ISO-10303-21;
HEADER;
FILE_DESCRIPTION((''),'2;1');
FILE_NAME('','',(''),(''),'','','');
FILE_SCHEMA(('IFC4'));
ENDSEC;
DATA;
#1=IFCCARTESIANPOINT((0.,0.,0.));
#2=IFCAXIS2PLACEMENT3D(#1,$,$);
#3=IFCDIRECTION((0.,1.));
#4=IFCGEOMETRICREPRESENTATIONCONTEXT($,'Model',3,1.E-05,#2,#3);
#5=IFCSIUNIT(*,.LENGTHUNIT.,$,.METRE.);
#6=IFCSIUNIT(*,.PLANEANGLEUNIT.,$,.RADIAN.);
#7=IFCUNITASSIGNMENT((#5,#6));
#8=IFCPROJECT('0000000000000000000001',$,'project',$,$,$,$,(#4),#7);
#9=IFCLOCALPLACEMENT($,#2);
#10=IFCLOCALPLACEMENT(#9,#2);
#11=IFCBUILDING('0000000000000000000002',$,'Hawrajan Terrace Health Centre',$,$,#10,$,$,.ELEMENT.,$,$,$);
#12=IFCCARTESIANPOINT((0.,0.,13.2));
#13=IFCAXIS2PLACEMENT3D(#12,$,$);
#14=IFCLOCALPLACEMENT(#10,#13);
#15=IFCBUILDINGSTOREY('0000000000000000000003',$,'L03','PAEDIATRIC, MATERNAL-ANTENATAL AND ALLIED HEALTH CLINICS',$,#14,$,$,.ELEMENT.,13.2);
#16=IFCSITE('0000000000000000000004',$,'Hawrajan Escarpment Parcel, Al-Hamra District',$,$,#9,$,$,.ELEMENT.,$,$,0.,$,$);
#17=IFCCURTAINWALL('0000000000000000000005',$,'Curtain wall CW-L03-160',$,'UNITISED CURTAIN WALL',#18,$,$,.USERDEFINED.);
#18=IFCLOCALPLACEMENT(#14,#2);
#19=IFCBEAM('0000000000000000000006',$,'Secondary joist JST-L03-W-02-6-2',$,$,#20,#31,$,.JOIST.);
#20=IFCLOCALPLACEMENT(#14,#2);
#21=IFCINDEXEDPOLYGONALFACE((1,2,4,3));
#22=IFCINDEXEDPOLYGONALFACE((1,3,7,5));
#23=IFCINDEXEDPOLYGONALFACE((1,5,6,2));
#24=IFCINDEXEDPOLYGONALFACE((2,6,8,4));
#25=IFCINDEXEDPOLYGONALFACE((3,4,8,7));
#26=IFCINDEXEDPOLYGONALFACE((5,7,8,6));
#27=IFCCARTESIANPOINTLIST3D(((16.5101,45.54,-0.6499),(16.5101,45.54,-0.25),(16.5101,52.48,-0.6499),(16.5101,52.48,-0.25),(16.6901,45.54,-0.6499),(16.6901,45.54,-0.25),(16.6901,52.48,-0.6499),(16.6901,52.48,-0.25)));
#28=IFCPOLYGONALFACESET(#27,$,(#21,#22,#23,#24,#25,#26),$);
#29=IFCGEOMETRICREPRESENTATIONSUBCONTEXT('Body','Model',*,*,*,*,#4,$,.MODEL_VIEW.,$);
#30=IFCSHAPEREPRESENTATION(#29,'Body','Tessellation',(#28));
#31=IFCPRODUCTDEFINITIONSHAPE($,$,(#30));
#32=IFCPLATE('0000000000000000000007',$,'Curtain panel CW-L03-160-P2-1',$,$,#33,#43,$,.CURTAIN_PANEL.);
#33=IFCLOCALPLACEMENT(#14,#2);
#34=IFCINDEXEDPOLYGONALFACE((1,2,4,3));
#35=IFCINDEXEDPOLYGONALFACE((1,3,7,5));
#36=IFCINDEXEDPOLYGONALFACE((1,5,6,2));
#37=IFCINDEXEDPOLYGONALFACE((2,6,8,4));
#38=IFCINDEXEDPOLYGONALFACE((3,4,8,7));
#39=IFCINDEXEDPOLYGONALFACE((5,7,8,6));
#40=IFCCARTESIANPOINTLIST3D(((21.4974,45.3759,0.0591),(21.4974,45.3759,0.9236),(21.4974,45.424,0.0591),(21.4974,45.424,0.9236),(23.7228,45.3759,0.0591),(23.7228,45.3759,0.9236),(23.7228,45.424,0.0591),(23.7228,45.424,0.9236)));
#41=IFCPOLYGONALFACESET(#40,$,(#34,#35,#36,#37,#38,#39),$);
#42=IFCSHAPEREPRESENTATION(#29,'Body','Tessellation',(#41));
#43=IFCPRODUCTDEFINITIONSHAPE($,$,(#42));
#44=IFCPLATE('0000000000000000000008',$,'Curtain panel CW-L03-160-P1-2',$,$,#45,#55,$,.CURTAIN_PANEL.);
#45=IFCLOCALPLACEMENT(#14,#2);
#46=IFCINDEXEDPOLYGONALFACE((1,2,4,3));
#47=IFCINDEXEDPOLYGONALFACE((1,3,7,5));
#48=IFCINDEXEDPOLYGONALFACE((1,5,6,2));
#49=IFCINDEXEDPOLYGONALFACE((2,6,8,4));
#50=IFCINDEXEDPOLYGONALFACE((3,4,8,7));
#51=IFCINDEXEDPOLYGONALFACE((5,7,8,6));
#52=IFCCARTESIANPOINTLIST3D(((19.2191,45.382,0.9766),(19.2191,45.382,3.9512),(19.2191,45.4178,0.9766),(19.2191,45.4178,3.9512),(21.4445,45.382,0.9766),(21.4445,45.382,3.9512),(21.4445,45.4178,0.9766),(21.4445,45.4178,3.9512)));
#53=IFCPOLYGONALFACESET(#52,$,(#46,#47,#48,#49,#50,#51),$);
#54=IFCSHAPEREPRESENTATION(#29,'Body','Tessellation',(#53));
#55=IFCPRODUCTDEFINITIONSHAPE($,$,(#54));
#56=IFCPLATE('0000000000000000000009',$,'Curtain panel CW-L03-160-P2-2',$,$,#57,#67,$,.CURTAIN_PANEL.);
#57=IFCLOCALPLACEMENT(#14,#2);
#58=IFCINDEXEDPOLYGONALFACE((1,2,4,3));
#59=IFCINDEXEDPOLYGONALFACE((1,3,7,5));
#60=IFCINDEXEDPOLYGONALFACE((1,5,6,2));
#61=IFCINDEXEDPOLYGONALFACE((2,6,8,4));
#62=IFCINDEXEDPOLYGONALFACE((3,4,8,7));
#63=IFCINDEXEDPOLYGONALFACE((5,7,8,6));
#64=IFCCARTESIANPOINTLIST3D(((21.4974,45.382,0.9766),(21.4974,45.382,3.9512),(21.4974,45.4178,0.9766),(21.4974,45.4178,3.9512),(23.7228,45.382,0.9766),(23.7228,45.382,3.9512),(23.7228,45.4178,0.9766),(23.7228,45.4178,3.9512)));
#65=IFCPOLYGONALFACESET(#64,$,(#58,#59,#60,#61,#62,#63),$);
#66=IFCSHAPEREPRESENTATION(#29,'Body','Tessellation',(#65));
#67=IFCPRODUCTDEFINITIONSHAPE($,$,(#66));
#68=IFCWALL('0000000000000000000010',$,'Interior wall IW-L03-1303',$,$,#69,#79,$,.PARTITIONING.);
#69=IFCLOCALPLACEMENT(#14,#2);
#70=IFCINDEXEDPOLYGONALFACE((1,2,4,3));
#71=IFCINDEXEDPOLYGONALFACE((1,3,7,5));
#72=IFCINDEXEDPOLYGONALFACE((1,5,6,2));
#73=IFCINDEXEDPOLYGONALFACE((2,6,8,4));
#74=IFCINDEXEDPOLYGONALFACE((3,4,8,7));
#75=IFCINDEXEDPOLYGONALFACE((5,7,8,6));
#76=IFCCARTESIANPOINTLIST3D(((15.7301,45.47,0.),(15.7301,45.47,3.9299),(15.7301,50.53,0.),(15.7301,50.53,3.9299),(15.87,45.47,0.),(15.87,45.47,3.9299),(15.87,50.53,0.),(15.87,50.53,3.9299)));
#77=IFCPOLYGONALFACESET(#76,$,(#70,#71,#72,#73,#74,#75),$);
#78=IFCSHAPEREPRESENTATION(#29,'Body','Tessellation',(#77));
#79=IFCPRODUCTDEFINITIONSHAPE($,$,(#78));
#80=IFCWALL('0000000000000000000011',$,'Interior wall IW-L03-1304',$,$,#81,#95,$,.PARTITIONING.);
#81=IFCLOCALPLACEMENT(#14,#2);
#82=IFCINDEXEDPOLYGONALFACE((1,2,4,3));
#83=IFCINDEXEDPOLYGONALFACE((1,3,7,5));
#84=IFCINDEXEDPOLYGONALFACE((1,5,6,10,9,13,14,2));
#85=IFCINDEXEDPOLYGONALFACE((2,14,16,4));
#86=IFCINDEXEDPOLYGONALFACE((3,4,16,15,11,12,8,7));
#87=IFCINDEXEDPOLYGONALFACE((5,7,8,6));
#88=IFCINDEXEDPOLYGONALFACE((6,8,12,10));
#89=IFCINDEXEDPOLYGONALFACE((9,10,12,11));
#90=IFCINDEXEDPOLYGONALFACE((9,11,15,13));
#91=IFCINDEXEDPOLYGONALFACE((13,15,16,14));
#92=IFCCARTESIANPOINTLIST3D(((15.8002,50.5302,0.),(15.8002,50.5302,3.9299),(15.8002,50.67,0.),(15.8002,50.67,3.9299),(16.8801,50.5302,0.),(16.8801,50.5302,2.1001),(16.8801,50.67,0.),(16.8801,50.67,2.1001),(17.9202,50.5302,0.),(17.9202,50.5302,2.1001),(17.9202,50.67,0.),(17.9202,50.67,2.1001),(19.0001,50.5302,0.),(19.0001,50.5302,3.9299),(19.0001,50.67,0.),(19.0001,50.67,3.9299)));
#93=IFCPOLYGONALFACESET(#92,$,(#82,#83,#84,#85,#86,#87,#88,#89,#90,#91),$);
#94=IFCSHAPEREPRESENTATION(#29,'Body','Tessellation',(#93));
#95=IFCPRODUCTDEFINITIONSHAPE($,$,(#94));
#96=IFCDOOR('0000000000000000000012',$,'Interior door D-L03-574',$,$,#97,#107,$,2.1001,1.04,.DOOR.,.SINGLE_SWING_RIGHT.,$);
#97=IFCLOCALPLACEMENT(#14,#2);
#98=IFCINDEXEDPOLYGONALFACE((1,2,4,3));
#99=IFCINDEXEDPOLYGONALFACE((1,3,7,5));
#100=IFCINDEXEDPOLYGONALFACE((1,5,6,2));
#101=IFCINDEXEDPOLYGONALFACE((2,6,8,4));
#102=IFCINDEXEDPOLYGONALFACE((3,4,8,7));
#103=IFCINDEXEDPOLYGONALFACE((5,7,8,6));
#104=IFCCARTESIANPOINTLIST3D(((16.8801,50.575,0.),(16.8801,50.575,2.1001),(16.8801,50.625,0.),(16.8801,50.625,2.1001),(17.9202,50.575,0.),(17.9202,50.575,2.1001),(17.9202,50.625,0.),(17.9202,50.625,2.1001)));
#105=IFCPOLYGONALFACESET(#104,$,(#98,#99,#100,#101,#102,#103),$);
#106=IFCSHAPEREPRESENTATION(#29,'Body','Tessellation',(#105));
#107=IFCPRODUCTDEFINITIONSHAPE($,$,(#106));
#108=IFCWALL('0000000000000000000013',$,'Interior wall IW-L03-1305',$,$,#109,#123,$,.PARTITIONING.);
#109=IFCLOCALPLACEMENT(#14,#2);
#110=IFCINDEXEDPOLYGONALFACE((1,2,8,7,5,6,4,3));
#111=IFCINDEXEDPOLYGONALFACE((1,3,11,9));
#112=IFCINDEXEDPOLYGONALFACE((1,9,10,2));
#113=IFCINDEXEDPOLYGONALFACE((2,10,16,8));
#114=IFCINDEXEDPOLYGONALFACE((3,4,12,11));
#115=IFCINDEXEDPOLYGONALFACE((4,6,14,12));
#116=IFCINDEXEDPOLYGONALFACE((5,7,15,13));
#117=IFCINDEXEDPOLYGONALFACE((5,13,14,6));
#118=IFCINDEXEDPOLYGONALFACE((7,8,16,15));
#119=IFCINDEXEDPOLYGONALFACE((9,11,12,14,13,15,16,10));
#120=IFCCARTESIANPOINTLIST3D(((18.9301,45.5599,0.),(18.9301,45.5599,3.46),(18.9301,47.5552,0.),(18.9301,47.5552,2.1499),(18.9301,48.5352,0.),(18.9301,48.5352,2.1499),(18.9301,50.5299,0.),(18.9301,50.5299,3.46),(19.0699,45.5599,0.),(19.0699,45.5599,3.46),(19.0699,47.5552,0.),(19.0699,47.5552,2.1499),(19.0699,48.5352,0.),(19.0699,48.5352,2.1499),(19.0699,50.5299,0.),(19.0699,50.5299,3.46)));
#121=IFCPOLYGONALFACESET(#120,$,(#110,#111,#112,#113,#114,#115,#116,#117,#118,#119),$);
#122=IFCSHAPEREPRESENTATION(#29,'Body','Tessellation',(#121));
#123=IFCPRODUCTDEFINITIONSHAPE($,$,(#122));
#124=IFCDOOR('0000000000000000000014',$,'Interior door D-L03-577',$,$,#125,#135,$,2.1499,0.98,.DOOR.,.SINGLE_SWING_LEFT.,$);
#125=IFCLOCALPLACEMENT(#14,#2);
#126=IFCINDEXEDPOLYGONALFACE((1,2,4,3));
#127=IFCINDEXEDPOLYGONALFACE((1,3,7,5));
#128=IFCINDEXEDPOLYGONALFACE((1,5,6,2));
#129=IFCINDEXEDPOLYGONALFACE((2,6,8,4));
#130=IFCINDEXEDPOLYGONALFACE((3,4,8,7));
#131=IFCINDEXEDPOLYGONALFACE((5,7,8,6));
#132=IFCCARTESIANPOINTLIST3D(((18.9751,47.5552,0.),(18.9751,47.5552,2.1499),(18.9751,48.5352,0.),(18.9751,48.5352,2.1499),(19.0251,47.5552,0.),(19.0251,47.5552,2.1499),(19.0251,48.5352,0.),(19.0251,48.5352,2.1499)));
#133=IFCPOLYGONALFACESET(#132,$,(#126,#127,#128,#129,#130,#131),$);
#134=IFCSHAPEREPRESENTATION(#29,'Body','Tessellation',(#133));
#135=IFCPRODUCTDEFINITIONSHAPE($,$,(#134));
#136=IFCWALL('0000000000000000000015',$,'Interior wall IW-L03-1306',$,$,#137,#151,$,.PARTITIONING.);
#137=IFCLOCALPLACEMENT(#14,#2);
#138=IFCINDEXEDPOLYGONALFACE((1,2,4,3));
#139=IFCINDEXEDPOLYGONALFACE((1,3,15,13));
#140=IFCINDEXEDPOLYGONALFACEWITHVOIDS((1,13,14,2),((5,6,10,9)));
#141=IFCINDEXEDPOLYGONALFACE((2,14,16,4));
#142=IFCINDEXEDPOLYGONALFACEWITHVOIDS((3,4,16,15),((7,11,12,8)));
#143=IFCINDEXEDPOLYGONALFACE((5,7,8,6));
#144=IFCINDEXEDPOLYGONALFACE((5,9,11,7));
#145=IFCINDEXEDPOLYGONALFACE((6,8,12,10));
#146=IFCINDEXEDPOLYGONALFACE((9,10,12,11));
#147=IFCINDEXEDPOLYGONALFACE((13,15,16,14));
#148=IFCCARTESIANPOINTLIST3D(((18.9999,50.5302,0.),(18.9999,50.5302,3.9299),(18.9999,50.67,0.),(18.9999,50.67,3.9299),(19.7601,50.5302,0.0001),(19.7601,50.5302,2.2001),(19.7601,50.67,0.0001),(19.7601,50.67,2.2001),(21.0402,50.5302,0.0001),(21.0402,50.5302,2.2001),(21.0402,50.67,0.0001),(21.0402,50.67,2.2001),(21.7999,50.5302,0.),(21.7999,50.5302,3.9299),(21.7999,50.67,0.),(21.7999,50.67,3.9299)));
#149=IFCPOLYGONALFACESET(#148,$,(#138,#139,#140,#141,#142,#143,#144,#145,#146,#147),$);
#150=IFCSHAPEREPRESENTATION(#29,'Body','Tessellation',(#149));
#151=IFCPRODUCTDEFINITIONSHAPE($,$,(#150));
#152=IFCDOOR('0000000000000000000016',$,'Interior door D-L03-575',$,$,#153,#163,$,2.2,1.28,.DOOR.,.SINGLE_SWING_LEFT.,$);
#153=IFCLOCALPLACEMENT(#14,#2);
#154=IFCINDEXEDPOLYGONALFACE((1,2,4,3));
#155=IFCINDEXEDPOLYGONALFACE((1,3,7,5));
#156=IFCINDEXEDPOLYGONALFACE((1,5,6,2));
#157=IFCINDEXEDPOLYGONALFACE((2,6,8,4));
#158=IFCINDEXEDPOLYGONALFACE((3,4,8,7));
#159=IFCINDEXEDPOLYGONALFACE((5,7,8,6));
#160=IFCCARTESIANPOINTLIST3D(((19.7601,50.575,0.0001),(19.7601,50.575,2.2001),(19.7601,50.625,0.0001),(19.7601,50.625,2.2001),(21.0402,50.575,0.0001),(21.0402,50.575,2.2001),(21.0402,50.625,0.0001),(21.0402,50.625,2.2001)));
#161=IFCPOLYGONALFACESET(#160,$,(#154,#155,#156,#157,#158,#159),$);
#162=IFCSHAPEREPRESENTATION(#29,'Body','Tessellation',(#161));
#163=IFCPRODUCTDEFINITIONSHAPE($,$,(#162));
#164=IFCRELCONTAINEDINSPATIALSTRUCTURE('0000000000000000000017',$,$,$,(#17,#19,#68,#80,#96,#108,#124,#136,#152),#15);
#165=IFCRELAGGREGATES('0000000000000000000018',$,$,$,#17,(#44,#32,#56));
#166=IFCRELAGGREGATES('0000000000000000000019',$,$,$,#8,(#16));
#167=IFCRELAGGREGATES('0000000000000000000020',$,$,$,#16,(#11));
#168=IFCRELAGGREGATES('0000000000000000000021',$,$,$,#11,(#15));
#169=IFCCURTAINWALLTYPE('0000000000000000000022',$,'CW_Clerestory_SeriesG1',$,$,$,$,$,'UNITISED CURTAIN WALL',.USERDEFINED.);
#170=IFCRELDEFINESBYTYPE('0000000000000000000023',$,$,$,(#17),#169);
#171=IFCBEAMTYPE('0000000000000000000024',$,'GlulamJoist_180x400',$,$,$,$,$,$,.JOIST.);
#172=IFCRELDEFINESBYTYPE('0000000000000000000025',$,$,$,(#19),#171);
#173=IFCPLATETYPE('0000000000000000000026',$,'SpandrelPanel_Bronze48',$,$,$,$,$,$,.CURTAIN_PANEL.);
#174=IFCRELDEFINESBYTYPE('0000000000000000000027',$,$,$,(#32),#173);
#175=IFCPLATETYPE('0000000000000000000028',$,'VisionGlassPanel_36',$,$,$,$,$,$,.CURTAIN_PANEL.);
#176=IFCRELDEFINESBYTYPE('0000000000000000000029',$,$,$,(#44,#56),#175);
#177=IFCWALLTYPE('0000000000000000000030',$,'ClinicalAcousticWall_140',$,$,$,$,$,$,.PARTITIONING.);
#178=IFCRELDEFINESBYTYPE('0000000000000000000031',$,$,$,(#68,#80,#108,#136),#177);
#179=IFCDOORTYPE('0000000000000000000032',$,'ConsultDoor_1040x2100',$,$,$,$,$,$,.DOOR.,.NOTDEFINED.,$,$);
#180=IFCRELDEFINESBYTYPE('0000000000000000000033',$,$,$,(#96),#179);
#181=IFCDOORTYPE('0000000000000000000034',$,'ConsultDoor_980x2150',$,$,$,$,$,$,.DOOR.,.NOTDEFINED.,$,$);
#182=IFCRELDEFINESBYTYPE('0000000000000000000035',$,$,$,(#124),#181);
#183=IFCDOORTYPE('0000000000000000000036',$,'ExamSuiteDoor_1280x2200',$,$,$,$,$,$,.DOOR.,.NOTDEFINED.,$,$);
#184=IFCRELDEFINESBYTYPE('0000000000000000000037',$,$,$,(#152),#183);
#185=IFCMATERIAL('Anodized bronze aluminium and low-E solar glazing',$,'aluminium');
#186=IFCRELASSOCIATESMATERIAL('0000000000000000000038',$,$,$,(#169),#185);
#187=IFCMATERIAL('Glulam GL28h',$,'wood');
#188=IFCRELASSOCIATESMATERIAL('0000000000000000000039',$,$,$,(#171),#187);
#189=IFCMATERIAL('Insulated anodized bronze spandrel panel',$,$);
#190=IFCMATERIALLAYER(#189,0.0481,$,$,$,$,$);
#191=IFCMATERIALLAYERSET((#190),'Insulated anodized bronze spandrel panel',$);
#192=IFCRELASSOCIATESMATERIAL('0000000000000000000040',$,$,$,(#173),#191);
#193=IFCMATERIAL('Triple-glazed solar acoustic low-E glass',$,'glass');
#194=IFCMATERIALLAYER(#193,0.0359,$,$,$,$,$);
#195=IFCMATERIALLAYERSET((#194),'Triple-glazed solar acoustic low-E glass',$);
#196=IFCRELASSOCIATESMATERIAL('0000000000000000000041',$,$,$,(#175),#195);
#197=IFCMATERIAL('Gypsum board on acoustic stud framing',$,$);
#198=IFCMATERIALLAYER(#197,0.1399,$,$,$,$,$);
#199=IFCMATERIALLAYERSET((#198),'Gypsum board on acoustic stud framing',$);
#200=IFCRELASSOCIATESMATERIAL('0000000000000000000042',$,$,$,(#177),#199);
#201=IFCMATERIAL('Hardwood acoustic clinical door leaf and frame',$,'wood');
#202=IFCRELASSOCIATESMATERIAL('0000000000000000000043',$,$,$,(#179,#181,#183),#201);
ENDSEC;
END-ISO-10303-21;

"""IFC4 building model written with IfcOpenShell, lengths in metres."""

from ifc_helpers import new_model, si_unit, direction, frame, frame_2d, origin, origin_2d, place, context, subcontext, project, spatial, rectangle, extrude, material, layer, layer_set, material_profile, profile_set, type_object, element, fill, aggregate, save


model = new_model("IFC4")

# Units and contexts
model_context = context("Model", 3, precision=1e-05, world=origin(), true_north=direction((0.0, 1.0)))
body_context = subcontext(model_context, "Body", "Model", "MODEL_VIEW")
ifc_project = project(units=[si_unit("LENGTHUNIT", "METRE"), si_unit("PLANEANGLEUNIT", "RADIAN")], contexts=[model_context])

# Site, building, storey
site_placement = place(None, origin())
site = spatial("IfcSite", under=ifc_project, at=site_placement, Name="Hawrajan Escarpment Parcel, Al-Hamra District", CompositionType="ELEMENT", RefElevation=0.0)
building_placement = place(site_placement, origin())
building = spatial("IfcBuilding", under=site, at=building_placement, Name="Hawrajan Terrace Health Centre", CompositionType="ELEMENT")
storey_placement = place(building_placement, frame((0.0, 0.0, 13.2)))
storey = spatial("IfcBuildingStorey", under=building, at=storey_placement, Name="L03", Description="PAEDIATRIC, MATERNAL-ANTENATAL AND ALLIED HEALTH CLINICS", CompositionType="ELEMENT", Elevation=13.2)

# Curtain wall
ifc_material_1 = material(Name="Anodized bronze aluminium and low-E solar glazing", Category="aluminium")
curtain_wall_type = type_object("IfcCurtainWallType", Name="CW_Clerestory_SeriesG1", ElementType="UNITISED CURTAIN WALL", PredefinedType="USERDEFINED", material=ifc_material_1)
curtain_wall_placement = place(storey_placement, origin())
curtain_wall = element("IfcCurtainWall", 1, at=curtain_wall_placement, inside=storey, type_object=curtain_wall_type, Name="Curtain wall CW-L03-160", ObjectType="UNITISED CURTAIN WALL", PredefinedType="USERDEFINED")

# Beam
ifc_material_2 = material(Name="Glulam GL28h", Category="wood")
ifc_material_profile_1 = material_profile(ifc_material_2, rectangle(XDim=0.1799, YDim=0.3999, at=origin_2d()), Name="GL JST 180x400")
ifc_profile_set_1 = profile_set([ifc_material_profile_1], Name="Glulam GL28h")
beam_type_1 = type_object("IfcBeamType", Name="GlulamJoist_180x400", PredefinedType="JOIST", material=ifc_profile_set_1)
beam_1_placement = place(storey_placement, frame((16.6001, 45.54, -0.45), z_axis=(0.0, 1.0, 0.0), x_axis=(-1.0, 0.0, 0.0)))
element("IfcBeam", 2, at=beam_1_placement, inside=storey, type_object=beam_type_1, Name="Secondary joist JST-L03-W-02-6-2", PredefinedType="JOIST", context=body_context, shape_type="SweptSolid", body=[
    extrude(rectangle(XDim=0.1799, YDim=0.3999, at=origin_2d()), origin(), (0.0, 0.0, 1.0), 6.9399),
])

# Plates
ifc_material_3 = material(Name="Insulated anodized bronze spandrel panel")
ifc_layer_1 = layer(ifc_material_3, 0.0481)
ifc_layer_set_1 = layer_set([ifc_layer_1], Name="Insulated anodized bronze spandrel panel")
plate_type_1 = type_object("IfcPlateType", Name="SpandrelPanel_Bronze48", PredefinedType="CURTAIN_PANEL", material=ifc_layer_set_1)
plate_1_placement = place(storey_placement, frame((22.6101, 45.3999, 0.0591), z_axis=(0.0, 0.0, 1.0), x_axis=(1.0, 0.0, 0.0)))
plate_1 = element("IfcPlate", 3, at=plate_1_placement, type_object=plate_type_1, Name="Curtain panel CW-L03-160-P2-1", PredefinedType="CURTAIN_PANEL", context=body_context, shape_type="SweptSolid", body=[
    extrude(rectangle(XDim=2.2253, YDim=0.0481, at=origin_2d()), origin(), (0.0, 0.0, 1.0), 0.8645),
])
ifc_material_4 = material(Name="Triple-glazed solar acoustic low-E glass", Category="glass")
ifc_layer_2 = layer(ifc_material_4, 0.0359)
ifc_layer_set_2 = layer_set([ifc_layer_2], Name="Triple-glazed solar acoustic low-E glass")
plate_type_2 = type_object("IfcPlateType", Name="VisionGlassPanel_36", PredefinedType="CURTAIN_PANEL", material=ifc_layer_set_2)
plate_2_placement = place(storey_placement, frame((20.3318, 45.3999, 0.9766), z_axis=(0.0, 0.0, 1.0), x_axis=(1.0, 0.0, 0.0)))
plate_2 = element("IfcPlate", 4, at=plate_2_placement, type_object=plate_type_2, Name="Curtain panel CW-L03-160-P1-2", PredefinedType="CURTAIN_PANEL", context=body_context, shape_type="SweptSolid", body=[
    extrude(rectangle(XDim=2.2253, YDim=0.0359, at=origin_2d()), origin(), (0.0, 0.0, 1.0), 2.9746),
])
plate_3_placement = place(storey_placement, frame((22.6101, 45.3999, 0.9766), z_axis=(0.0, 0.0, 1.0), x_axis=(1.0, 0.0, 0.0)))
plate_3 = element("IfcPlate", 5, at=plate_3_placement, type_object=plate_type_2, Name="Curtain panel CW-L03-160-P2-2", PredefinedType="CURTAIN_PANEL", context=body_context, shape_type="SweptSolid", body=[
    extrude(rectangle(XDim=2.2253, YDim=0.0359, at=origin_2d()), origin(), (0.0, 0.0, 1.0), 2.9746),
])
aggregate(curtain_wall, [plate_2, plate_1, plate_3])

# Wall
ifc_material_5 = material(Name="Gypsum board on acoustic stud framing")
ifc_layer_3 = layer(ifc_material_5, 0.1399)
ifc_layer_set_3 = layer_set([ifc_layer_3], Name="Gypsum board on acoustic stud framing")
wall_type_1 = type_object("IfcWallType", Name="ClinicalAcousticWall_140", PredefinedType="PARTITIONING", material=ifc_layer_set_3)
wall_1_placement = place(storey_placement, frame((15.8, 45.47, 0.0), z_axis=(0.0, 0.0, 1.0), x_axis=(0.0, 1.0, 0.0)))
element("IfcWall", 6, at=wall_1_placement, inside=storey, type_object=wall_type_1, Name="Interior wall IW-L03-1303", PredefinedType="PARTITIONING", context=body_context, shape_type="SweptSolid", body=[
    extrude(rectangle(XDim=5.0601, YDim=0.1399, at=frame_2d((2.53, 0.0))), origin(), (0.0, 0.0, 1.0), 3.9299),
])

# Walls, openings, doors
wall_2_placement = place(storey_placement, frame((15.8, 50.6001, 0.0), z_axis=(0.0, 0.0, 1.0), x_axis=(1.0, 0.0, 0.0)))
wall_2 = element("IfcWall", 7, at=wall_2_placement, inside=storey, type_object=wall_type_1, Name="Interior wall IW-L03-1304", PredefinedType="PARTITIONING", context=body_context, shape_type="SweptSolid", body=[
    extrude(rectangle(XDim=3.2, YDim=0.1399, at=frame_2d((1.6001, 0.0))), origin(), (0.0, 0.0, 1.0), 3.9299),
])
opening_1_placement = place(wall_2_placement, frame((1.0801, 0.0, 0.0)))
opening_1 = element("IfcOpeningElement", 8, at=opening_1_placement, cuts=wall_2, PredefinedType="OPENING", context=body_context, shape_type="SweptSolid", body=[
    extrude(rectangle(XDim=1.04, YDim=2.1001, at=frame_2d((0.52, 1.05))), frame((0.0, 0.0798, 0.0), z_axis=(0.0, -1.0, 0.0), x_axis=(1.0, 0.0, 0.0)), (0.0, 0.0, 1.0), 0.1599),
])
ifc_material_6 = material(Name="Hardwood acoustic clinical door leaf and frame", Category="wood")
door_type_1 = type_object("IfcDoorType", Name="ConsultDoor_1040x2100", OperationType="NOTDEFINED", PredefinedType="DOOR", material=ifc_material_6)
door_1_placement = place(opening_1_placement, origin())
door_1 = element("IfcDoor", 9, at=door_1_placement, inside=storey, type_object=door_type_1, Name="Interior door D-L03-574", OperationType="SINGLE_SWING_RIGHT", OverallHeight=2.1001, OverallWidth=1.04, PredefinedType="DOOR", context=body_context, shape_type="SweptSolid", body=[
    extrude(rectangle(XDim=1.04, YDim=2.1001, at=frame_2d((0.52, 1.05))), frame((0.0, 0.0249, 0.0), z_axis=(0.0, -1.0, 0.0), x_axis=(1.0, 0.0, 0.0)), (0.0, 0.0, 1.0), 0.05),
])
fill(opening_1, door_1)
wall_3_placement = place(storey_placement, frame((19.0, 45.5601, 0.0), z_axis=(0.0, 0.0, 1.0), x_axis=(0.0, 1.0, 0.0)))
wall_3 = element("IfcWall", 10, at=wall_3_placement, inside=storey, type_object=wall_type_1, Name="Interior wall IW-L03-1305", PredefinedType="PARTITIONING", context=body_context, shape_type="SweptSolid", body=[
    extrude(rectangle(XDim=4.97, YDim=0.1399, at=frame_2d((2.4849, 0.0))), origin(), (0.0, 0.0, 1.0), 3.46),
])
opening_2_placement = place(wall_3_placement, frame((1.9951, 0.0, 0.0)))
opening_2 = element("IfcOpeningElement", 11, at=opening_2_placement, cuts=wall_3, PredefinedType="OPENING", context=body_context, shape_type="SweptSolid", body=[
    extrude(rectangle(XDim=0.98, YDim=2.1499, at=frame_2d((0.49, 1.075))), frame((0.0, 0.0798, 0.0), z_axis=(0.0, -1.0, 0.0), x_axis=(1.0, 0.0, 0.0)), (0.0, 0.0, 1.0), 0.1599),
])
door_type_2 = type_object("IfcDoorType", Name="ConsultDoor_980x2150", OperationType="NOTDEFINED", PredefinedType="DOOR", material=ifc_material_6)
door_2_placement = place(opening_2_placement, origin())
door_2 = element("IfcDoor", 12, at=door_2_placement, inside=storey, type_object=door_type_2, Name="Interior door D-L03-577", OperationType="SINGLE_SWING_LEFT", OverallHeight=2.1499, OverallWidth=0.98, PredefinedType="DOOR", context=body_context, shape_type="SweptSolid", body=[
    extrude(rectangle(XDim=0.98, YDim=2.1499, at=frame_2d((0.49, 1.075))), frame((0.0, 0.0249, 0.0), z_axis=(0.0, -1.0, 0.0), x_axis=(1.0, 0.0, 0.0)), (0.0, 0.0, 1.0), 0.05),
])
fill(opening_2, door_2)
wall_4_placement = place(storey_placement, frame((19.0, 50.6001, 0.0), z_axis=(0.0, 0.0, 1.0), x_axis=(1.0, 0.0, 0.0)))
wall_4 = element("IfcWall", 13, at=wall_4_placement, inside=storey, type_object=wall_type_1, Name="Interior wall IW-L03-1306", PredefinedType="PARTITIONING", context=body_context, shape_type="SweptSolid", body=[
    extrude(rectangle(XDim=2.8, YDim=0.1399, at=frame_2d((1.3999, 0.0))), origin(), (0.0, 0.0, 1.0), 3.9299),
])
opening_3_placement = place(wall_4_placement, frame((0.76, 0.0, 0.0)))
opening_3 = element("IfcOpeningElement", 14, at=opening_3_placement, cuts=wall_4, PredefinedType="OPENING", context=body_context, shape_type="SweptSolid", body=[
    extrude(rectangle(XDim=1.28, YDim=2.2, at=frame_2d((0.6401, 1.1001))), frame((0.0, 0.0798, 0.0), z_axis=(0.0, -1.0, 0.0), x_axis=(1.0, 0.0, 0.0)), (0.0, 0.0, 1.0), 0.1599),
])
door_type_3 = type_object("IfcDoorType", Name="ExamSuiteDoor_1280x2200", OperationType="NOTDEFINED", PredefinedType="DOOR", material=ifc_material_6)
door_3_placement = place(opening_3_placement, origin())
door_3 = element("IfcDoor", 15, at=door_3_placement, inside=storey, type_object=door_type_3, Name="Interior door D-L03-575", OperationType="SINGLE_SWING_LEFT", OverallHeight=2.2, OverallWidth=1.28, PredefinedType="DOOR", context=body_context, shape_type="SweptSolid", body=[
    extrude(rectangle(XDim=1.28, YDim=2.2, at=frame_2d((0.6401, 1.1001))), frame((0.0, 0.0249, 0.0), z_axis=(0.0, -1.0, 0.0), x_axis=(1.0, 0.0, 0.0)), (0.0, 0.0, 1.0), 0.05),
])
fill(opening_3, door_3)

save(model, "model.ifc")
